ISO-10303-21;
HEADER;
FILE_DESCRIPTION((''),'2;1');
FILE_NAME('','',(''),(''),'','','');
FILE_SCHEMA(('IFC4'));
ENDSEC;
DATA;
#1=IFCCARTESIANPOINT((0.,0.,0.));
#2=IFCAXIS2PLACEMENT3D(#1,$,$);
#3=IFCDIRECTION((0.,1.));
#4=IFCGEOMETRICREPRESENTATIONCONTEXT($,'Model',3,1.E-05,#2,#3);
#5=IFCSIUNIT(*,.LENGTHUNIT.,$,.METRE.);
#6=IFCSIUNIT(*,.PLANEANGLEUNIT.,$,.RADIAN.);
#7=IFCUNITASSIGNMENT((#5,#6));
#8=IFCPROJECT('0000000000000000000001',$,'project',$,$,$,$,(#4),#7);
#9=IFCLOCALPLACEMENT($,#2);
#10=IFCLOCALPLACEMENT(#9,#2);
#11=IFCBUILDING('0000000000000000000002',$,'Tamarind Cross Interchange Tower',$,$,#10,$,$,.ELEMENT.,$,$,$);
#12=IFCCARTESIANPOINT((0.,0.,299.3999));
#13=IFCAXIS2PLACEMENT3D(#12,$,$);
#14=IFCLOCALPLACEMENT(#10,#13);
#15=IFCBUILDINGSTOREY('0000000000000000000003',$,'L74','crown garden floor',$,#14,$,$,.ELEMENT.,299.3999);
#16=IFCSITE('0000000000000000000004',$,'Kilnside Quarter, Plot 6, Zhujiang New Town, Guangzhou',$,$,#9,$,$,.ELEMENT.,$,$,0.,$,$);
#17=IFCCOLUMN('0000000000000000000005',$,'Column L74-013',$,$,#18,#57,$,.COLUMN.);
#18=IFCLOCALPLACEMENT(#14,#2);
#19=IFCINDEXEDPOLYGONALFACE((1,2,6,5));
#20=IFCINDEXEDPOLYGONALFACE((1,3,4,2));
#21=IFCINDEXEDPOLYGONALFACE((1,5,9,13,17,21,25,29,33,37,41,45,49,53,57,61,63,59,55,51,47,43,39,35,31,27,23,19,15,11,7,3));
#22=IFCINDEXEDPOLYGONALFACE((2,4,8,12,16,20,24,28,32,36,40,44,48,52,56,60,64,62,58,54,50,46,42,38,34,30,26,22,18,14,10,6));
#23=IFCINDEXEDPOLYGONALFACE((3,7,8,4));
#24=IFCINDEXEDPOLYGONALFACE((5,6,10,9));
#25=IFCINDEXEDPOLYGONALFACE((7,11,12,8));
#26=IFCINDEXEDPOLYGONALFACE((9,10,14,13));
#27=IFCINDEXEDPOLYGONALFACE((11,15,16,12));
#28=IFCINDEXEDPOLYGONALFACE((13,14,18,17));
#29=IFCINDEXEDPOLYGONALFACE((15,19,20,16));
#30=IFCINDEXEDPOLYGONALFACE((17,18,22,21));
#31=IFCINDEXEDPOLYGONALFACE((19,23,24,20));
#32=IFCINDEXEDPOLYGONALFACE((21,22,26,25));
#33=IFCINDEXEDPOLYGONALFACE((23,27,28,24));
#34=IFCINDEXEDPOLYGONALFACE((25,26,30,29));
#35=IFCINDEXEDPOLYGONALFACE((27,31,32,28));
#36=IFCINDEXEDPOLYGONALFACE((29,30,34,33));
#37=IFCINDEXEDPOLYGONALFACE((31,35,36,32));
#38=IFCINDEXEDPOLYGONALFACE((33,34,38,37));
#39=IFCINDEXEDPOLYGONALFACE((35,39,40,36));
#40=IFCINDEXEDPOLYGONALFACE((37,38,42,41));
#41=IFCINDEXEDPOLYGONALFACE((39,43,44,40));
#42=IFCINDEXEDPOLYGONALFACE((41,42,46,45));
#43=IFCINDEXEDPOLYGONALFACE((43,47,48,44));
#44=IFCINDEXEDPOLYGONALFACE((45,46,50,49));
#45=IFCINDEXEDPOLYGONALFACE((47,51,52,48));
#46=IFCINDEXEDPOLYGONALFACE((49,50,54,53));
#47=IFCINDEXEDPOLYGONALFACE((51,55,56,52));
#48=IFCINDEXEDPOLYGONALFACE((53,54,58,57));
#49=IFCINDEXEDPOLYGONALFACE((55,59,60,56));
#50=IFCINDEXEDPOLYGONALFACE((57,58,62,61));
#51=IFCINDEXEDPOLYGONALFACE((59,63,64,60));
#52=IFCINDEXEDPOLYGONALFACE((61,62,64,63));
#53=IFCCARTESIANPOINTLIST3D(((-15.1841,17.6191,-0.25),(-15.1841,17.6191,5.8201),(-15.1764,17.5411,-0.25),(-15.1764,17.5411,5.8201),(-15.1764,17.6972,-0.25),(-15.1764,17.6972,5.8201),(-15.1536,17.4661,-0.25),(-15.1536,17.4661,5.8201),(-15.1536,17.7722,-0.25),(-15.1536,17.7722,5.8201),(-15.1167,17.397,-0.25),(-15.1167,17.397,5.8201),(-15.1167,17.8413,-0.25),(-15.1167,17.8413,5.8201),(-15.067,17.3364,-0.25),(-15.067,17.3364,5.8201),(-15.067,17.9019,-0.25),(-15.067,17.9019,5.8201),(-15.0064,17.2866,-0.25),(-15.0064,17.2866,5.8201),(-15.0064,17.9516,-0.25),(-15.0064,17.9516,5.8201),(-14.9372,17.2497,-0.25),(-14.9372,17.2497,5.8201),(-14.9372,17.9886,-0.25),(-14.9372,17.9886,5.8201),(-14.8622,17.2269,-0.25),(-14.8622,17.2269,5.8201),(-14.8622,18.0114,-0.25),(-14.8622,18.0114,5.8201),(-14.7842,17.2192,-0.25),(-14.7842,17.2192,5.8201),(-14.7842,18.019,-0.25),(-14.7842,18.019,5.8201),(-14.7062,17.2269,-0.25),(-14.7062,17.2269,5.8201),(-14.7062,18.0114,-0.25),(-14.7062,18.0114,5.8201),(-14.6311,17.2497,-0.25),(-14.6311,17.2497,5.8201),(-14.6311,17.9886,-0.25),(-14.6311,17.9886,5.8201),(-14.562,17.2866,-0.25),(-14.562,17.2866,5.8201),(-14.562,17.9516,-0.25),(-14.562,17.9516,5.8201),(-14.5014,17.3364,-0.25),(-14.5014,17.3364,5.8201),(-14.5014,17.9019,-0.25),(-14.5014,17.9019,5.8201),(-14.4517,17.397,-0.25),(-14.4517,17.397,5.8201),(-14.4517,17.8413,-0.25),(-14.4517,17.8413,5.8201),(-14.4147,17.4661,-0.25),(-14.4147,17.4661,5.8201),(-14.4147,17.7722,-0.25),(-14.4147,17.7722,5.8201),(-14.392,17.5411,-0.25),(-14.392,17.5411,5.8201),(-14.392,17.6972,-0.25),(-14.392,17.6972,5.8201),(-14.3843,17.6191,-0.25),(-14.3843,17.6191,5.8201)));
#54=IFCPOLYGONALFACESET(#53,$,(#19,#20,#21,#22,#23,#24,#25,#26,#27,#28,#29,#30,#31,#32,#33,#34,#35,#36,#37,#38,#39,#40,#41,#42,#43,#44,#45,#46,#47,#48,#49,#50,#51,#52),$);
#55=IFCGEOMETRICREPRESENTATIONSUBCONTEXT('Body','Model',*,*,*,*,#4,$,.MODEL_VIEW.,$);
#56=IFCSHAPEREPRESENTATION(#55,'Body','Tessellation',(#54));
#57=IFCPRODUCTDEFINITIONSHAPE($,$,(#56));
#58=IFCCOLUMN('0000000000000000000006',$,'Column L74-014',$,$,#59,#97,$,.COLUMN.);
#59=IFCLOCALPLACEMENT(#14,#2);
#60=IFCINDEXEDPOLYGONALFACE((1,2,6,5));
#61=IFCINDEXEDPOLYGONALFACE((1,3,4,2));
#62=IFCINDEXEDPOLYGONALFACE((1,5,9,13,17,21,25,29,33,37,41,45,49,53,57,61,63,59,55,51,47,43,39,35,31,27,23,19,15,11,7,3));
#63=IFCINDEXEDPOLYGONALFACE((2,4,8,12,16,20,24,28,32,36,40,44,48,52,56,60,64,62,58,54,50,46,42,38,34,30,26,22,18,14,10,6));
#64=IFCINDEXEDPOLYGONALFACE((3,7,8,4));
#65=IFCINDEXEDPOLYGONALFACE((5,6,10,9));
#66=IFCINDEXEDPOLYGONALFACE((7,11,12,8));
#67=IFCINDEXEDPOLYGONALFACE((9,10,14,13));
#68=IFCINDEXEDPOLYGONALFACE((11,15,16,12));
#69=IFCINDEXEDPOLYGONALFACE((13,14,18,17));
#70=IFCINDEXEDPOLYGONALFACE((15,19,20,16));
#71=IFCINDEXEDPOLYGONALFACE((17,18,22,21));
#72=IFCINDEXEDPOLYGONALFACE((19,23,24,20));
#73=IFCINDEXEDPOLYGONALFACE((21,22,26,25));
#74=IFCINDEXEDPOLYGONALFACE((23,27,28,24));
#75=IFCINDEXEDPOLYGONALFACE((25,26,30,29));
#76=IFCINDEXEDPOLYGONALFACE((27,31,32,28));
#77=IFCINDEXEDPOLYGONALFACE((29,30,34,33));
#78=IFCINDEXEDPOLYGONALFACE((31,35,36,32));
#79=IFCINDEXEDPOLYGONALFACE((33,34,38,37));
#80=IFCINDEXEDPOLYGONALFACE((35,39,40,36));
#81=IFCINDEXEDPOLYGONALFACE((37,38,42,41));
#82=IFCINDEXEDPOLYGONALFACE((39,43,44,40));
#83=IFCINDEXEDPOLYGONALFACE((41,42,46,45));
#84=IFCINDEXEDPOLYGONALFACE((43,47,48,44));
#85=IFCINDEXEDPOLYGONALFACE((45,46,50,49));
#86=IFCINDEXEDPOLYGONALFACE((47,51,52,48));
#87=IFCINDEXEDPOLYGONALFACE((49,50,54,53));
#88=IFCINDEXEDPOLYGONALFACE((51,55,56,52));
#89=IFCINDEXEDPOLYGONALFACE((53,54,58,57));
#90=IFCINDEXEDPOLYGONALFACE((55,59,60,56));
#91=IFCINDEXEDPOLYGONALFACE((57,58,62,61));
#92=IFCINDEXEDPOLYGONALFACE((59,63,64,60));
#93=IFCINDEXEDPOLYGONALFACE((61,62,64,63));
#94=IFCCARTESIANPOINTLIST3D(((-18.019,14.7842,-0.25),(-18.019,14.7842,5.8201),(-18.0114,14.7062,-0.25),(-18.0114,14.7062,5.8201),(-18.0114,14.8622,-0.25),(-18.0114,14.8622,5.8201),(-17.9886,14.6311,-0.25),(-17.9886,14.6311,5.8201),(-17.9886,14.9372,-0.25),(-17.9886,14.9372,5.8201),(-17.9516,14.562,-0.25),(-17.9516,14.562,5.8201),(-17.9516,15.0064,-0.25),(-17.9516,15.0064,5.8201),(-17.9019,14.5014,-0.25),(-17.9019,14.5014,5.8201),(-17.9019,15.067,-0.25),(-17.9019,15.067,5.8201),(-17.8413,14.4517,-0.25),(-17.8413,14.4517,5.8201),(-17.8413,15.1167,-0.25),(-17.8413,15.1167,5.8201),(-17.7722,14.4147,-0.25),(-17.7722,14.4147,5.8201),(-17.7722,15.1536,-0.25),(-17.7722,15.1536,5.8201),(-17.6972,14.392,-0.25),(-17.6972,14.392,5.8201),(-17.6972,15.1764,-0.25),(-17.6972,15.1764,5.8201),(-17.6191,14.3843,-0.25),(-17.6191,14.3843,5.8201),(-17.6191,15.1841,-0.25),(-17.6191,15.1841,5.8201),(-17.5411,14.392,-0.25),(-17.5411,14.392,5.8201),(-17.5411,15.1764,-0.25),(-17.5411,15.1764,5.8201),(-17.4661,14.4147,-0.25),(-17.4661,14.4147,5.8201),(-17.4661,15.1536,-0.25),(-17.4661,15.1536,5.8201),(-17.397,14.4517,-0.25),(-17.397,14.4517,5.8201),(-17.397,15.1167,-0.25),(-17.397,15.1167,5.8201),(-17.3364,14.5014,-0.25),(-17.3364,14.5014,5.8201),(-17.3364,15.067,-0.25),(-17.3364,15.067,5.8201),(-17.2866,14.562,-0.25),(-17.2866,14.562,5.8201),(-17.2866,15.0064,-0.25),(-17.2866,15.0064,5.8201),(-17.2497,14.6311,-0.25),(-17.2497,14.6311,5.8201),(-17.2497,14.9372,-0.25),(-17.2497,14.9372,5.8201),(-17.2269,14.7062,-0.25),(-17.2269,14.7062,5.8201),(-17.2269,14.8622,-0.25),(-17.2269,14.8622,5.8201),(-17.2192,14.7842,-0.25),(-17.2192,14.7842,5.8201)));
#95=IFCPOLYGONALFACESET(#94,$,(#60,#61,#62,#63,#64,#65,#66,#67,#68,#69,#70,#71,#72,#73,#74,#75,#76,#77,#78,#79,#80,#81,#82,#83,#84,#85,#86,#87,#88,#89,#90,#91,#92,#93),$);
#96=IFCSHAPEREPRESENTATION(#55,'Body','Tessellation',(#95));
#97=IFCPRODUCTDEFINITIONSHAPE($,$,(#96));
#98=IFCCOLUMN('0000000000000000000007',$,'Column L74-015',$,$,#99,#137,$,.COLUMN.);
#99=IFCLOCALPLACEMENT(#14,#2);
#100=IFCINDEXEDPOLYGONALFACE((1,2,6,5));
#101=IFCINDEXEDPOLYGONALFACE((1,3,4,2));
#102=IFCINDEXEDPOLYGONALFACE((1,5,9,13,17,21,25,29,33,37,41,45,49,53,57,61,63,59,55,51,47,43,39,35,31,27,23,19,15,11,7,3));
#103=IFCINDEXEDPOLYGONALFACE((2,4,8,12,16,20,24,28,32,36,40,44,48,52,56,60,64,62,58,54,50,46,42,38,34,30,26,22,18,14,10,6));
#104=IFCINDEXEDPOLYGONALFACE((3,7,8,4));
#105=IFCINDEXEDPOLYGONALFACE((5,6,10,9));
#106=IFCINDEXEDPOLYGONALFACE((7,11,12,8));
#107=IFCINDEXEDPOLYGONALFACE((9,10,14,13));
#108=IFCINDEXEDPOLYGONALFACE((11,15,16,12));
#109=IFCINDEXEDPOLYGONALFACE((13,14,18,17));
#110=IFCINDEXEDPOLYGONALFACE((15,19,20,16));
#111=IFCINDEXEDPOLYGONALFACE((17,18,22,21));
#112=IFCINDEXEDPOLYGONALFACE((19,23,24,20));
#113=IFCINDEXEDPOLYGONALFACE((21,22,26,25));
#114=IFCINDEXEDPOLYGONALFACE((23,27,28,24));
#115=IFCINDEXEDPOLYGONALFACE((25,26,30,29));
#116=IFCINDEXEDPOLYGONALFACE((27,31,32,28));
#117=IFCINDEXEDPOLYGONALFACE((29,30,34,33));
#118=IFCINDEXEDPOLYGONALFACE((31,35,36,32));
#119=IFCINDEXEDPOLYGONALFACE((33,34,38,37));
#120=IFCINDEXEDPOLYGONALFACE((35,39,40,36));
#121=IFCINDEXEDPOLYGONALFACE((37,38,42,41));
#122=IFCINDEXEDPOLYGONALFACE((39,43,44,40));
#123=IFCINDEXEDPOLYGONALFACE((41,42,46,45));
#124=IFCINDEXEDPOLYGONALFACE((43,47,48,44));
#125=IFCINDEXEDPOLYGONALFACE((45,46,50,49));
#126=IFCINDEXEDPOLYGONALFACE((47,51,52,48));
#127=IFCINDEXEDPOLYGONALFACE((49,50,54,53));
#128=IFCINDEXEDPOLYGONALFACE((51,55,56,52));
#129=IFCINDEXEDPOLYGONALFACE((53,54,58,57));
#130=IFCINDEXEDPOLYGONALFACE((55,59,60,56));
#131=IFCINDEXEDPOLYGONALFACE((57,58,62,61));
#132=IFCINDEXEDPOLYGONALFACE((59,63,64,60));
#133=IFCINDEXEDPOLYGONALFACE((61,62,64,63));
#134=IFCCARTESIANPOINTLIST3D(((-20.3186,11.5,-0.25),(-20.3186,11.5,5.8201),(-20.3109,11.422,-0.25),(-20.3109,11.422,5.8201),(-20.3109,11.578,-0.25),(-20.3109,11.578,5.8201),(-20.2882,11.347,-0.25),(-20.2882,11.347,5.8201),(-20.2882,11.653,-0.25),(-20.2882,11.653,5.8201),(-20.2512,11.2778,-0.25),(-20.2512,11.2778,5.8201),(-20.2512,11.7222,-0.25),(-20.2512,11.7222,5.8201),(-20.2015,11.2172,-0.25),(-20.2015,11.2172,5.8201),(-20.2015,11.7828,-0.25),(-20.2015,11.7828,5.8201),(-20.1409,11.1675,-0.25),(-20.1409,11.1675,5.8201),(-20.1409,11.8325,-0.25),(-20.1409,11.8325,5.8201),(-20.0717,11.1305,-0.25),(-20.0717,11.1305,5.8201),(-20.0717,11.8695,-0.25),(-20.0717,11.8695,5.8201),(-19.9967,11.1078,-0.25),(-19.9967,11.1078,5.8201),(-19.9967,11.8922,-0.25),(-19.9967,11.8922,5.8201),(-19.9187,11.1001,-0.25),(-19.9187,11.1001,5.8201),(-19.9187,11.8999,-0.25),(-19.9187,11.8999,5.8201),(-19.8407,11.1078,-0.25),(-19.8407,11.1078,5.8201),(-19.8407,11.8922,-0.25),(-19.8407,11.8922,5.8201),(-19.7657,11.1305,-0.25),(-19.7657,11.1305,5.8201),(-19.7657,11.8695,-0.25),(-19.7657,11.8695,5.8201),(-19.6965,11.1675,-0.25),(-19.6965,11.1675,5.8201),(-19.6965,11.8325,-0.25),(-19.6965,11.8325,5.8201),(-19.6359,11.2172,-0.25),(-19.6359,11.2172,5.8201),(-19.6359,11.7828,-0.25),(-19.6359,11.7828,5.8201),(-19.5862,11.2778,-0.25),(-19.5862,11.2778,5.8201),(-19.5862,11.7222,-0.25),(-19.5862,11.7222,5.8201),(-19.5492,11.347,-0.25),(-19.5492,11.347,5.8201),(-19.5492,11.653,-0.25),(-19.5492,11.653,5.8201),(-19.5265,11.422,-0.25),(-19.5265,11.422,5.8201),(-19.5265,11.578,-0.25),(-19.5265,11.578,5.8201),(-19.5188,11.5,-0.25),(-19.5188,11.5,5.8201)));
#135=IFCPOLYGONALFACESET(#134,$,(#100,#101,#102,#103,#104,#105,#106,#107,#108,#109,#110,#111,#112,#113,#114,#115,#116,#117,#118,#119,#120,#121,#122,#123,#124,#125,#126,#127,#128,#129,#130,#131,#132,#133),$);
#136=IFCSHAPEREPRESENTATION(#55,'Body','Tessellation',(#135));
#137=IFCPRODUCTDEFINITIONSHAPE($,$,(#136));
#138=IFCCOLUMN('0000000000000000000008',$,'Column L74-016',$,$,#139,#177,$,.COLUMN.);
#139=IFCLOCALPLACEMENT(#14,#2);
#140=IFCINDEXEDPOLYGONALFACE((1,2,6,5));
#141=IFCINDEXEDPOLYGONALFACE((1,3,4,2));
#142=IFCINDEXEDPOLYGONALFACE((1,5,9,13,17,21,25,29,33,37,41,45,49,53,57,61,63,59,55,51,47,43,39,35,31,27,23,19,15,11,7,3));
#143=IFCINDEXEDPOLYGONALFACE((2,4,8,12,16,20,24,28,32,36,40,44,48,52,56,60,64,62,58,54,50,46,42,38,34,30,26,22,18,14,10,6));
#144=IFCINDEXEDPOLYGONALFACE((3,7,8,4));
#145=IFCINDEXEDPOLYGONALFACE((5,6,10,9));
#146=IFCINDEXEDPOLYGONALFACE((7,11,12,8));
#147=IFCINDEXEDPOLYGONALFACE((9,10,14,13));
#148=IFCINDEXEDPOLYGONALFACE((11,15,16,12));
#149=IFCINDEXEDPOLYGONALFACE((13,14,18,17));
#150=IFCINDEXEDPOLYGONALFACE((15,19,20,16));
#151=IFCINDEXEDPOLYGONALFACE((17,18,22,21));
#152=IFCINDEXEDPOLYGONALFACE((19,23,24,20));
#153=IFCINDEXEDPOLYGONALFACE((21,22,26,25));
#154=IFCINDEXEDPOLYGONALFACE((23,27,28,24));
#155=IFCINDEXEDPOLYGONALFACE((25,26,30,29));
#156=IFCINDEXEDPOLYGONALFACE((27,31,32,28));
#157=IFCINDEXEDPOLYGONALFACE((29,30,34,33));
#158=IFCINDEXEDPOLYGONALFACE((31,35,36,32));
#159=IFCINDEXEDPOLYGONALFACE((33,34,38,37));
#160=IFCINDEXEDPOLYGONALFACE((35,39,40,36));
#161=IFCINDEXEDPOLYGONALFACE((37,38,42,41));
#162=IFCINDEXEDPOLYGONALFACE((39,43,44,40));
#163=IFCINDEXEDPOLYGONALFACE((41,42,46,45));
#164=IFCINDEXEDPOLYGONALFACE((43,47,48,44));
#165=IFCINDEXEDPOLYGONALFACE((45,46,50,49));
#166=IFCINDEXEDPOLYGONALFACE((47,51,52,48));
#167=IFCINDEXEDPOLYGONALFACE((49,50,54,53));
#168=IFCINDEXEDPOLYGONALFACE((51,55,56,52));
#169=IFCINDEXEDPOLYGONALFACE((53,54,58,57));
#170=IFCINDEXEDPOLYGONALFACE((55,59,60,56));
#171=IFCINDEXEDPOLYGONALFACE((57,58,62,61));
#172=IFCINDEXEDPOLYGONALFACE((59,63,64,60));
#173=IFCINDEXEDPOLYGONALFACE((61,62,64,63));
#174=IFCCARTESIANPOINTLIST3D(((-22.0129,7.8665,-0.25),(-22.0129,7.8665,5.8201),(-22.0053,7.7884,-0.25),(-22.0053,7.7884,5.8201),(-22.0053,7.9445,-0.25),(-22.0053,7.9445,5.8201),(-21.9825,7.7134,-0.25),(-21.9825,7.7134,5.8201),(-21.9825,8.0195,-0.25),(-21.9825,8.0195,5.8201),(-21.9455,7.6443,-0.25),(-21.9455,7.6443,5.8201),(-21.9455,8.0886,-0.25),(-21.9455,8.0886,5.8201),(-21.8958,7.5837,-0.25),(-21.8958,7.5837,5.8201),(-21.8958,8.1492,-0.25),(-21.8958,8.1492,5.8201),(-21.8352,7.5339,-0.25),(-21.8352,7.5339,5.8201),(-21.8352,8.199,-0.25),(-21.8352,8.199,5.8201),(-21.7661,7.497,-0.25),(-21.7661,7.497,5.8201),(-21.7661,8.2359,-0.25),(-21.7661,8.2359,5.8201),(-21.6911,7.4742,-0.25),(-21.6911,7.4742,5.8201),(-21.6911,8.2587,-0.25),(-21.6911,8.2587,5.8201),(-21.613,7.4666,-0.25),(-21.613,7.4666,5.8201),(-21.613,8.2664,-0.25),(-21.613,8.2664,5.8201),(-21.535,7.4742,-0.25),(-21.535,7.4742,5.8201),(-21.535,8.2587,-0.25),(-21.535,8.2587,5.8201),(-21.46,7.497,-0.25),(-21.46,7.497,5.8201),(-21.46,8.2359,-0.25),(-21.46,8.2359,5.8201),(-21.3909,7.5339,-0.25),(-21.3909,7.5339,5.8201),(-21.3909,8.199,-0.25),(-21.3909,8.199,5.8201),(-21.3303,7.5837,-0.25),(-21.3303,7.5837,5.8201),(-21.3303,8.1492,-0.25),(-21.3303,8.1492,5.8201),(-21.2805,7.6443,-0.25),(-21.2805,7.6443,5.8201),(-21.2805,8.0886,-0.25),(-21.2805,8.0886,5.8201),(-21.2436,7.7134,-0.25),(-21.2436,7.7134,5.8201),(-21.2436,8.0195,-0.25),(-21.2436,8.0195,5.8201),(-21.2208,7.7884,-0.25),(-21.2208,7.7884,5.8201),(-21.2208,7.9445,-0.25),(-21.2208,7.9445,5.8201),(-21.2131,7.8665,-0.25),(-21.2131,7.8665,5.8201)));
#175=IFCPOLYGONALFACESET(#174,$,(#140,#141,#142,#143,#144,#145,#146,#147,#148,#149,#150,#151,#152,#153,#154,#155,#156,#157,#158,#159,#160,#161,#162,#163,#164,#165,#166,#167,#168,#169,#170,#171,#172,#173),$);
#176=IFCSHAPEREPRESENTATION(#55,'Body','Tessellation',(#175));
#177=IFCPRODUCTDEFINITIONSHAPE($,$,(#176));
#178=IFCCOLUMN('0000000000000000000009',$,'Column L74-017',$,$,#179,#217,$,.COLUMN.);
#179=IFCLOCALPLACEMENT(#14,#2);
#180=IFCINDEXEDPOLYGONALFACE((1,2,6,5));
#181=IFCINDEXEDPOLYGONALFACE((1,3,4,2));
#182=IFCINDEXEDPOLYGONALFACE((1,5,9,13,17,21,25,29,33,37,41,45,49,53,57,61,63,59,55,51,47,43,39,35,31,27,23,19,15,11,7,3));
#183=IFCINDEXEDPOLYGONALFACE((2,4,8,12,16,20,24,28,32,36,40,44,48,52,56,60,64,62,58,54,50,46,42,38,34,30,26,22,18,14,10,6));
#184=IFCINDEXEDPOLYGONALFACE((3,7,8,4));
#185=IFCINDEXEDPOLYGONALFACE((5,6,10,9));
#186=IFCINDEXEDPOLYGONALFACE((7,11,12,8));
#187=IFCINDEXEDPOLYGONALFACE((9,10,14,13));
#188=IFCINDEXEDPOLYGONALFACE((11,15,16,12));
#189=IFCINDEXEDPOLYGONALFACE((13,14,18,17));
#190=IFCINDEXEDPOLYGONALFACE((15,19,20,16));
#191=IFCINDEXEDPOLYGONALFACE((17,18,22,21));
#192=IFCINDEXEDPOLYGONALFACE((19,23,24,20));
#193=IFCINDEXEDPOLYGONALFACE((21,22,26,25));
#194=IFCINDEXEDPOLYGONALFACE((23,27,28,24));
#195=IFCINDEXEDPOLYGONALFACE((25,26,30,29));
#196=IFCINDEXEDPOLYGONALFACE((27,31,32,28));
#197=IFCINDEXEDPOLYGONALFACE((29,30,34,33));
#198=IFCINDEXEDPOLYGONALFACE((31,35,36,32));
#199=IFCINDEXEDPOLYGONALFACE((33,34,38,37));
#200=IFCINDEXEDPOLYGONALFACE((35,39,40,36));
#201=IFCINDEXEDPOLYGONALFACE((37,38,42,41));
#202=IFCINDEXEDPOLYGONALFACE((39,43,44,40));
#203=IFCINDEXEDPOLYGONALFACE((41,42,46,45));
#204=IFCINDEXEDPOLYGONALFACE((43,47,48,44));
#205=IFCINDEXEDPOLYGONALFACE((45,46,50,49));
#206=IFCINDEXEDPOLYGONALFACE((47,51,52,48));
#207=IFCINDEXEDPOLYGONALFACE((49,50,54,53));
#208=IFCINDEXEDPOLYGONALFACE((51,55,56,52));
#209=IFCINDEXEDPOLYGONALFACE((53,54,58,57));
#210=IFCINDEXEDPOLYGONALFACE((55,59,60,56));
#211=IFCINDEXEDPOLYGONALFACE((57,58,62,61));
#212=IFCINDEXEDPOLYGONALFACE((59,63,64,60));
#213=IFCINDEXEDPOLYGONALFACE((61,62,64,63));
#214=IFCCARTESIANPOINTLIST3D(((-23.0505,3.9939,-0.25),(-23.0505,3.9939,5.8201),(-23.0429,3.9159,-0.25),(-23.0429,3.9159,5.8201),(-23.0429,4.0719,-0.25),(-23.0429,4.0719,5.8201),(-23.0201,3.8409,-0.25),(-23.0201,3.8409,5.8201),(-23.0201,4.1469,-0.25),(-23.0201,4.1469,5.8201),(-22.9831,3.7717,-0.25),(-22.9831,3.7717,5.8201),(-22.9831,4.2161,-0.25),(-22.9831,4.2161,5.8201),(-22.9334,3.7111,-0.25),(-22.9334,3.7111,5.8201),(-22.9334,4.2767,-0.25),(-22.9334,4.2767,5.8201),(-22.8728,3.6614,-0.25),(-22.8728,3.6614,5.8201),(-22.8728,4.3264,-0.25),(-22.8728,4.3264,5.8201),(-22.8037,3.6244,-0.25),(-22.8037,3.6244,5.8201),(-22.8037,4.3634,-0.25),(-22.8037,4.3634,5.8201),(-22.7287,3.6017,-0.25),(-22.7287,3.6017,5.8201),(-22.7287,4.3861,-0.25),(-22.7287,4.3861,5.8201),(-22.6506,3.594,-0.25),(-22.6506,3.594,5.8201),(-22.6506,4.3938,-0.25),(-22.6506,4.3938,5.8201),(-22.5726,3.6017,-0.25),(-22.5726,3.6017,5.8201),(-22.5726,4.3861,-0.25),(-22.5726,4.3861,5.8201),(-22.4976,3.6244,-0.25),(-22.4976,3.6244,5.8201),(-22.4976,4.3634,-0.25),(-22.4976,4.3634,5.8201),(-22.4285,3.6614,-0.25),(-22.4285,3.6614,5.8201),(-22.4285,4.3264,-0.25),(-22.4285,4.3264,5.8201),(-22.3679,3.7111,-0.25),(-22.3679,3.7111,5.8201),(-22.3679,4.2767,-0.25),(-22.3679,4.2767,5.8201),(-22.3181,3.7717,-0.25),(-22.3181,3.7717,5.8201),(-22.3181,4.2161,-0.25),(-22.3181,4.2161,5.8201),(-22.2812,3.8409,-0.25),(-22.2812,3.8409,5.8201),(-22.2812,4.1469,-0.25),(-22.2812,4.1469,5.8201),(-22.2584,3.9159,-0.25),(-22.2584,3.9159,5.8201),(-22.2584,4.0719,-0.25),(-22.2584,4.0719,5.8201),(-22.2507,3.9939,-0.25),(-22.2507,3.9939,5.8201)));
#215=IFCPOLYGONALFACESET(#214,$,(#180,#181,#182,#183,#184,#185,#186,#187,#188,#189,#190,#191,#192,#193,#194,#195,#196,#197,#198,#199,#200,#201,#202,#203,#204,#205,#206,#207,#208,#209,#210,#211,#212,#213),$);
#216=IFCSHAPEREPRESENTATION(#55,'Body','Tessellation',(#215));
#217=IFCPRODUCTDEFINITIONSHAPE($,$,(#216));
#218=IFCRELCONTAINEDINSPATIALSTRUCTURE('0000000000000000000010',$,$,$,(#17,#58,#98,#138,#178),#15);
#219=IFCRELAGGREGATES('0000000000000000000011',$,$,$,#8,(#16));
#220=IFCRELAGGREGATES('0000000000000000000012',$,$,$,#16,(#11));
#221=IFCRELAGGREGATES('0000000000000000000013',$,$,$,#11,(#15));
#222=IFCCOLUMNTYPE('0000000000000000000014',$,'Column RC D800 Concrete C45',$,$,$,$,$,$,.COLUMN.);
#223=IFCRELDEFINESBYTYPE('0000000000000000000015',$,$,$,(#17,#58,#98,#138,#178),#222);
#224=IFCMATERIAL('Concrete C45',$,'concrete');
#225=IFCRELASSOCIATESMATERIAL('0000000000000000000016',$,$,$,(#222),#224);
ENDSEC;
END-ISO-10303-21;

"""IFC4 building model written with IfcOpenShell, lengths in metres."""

from ifc_helpers import new_model, si_unit, direction, frame, origin, origin_2d, place, context, subcontext, project, spatial, circle, extrude, material, material_profile, profile_set, type_object, element, save


model = new_model("IFC4")

# Units and contexts
model_context = context("Model", 3, precision=1e-05, world=origin(), true_north=direction((0.0, 1.0)))
body_context = subcontext(model_context, "Body", "Model", "MODEL_VIEW")
ifc_project = project(units=[si_unit("LENGTHUNIT", "METRE"), si_unit("PLANEANGLEUNIT", "RADIAN")], contexts=[model_context])

# Site, building, storey
site_placement = place(None, origin())
site = spatial("IfcSite", under=ifc_project, at=site_placement, Name="Kilnside Quarter, Plot 6, Zhujiang New Town, Guangzhou", CompositionType="ELEMENT", RefElevation=0.0)
building_placement = place(site_placement, origin())
building = spatial("IfcBuilding", under=site, at=building_placement, Name="Tamarind Cross Interchange Tower", CompositionType="ELEMENT")
storey_placement = place(building_placement, frame((0.0, 0.0, 299.3999)))
storey = spatial("IfcBuildingStorey", under=building, at=storey_placement, Name="L74", Description="crown garden floor", CompositionType="ELEMENT", Elevation=299.3999)

# Columns
ifc_material_1 = material(Name="Concrete C45", Category="concrete")
ifc_material_profile_1 = material_profile(ifc_material_1, circle(Radius=0.3999, at=origin_2d()), Name="RC D800")
ifc_profile_set_1 = profile_set([ifc_material_profile_1], Name="Concrete C45")
column_type = type_object("IfcColumnType", Name="Column RC D800 Concrete C45", PredefinedType="COLUMN", material=ifc_profile_set_1)
for number, where, z_axis, x_axis, name in (
    (1, (-14.7842, 17.6191, -0.25), (0.0, 0.0, 1.0), (1.0, 0.0, 0.0), "Column L74-013"),
    (2, (-17.6191, 14.7842, -0.25), (0.0, 0.0, 1.0), (1.0, 0.0, 0.0), "Column L74-014"),
    (3, (-19.9187, 11.5, -0.25), (0.0, 0.0, 1.0), (1.0, 0.0, 0.0), "Column L74-015"),
    (4, (-21.613, 7.8665, -0.25), (0.0, 0.0, 1.0), (1.0, 0.0, 0.0), "Column L74-016"),
    (5, (-22.6506, 3.9939, -0.25), (0.0, 0.0, 1.0), (1.0, 0.0, 0.0), "Column L74-017"),
):
    element("IfcColumn", number, at=place(storey_placement, frame(where, z_axis=z_axis, x_axis=x_axis)), inside=storey, type_object=column_type, Name=name, PredefinedType="COLUMN", context=body_context, shape_type="SweptSolid", body=[
        extrude(circle(Radius=0.3999, at=origin_2d()), origin(), (0.0, 0.0, 1.0), 6.0701),
    ])

save(model, "model.ifc")
